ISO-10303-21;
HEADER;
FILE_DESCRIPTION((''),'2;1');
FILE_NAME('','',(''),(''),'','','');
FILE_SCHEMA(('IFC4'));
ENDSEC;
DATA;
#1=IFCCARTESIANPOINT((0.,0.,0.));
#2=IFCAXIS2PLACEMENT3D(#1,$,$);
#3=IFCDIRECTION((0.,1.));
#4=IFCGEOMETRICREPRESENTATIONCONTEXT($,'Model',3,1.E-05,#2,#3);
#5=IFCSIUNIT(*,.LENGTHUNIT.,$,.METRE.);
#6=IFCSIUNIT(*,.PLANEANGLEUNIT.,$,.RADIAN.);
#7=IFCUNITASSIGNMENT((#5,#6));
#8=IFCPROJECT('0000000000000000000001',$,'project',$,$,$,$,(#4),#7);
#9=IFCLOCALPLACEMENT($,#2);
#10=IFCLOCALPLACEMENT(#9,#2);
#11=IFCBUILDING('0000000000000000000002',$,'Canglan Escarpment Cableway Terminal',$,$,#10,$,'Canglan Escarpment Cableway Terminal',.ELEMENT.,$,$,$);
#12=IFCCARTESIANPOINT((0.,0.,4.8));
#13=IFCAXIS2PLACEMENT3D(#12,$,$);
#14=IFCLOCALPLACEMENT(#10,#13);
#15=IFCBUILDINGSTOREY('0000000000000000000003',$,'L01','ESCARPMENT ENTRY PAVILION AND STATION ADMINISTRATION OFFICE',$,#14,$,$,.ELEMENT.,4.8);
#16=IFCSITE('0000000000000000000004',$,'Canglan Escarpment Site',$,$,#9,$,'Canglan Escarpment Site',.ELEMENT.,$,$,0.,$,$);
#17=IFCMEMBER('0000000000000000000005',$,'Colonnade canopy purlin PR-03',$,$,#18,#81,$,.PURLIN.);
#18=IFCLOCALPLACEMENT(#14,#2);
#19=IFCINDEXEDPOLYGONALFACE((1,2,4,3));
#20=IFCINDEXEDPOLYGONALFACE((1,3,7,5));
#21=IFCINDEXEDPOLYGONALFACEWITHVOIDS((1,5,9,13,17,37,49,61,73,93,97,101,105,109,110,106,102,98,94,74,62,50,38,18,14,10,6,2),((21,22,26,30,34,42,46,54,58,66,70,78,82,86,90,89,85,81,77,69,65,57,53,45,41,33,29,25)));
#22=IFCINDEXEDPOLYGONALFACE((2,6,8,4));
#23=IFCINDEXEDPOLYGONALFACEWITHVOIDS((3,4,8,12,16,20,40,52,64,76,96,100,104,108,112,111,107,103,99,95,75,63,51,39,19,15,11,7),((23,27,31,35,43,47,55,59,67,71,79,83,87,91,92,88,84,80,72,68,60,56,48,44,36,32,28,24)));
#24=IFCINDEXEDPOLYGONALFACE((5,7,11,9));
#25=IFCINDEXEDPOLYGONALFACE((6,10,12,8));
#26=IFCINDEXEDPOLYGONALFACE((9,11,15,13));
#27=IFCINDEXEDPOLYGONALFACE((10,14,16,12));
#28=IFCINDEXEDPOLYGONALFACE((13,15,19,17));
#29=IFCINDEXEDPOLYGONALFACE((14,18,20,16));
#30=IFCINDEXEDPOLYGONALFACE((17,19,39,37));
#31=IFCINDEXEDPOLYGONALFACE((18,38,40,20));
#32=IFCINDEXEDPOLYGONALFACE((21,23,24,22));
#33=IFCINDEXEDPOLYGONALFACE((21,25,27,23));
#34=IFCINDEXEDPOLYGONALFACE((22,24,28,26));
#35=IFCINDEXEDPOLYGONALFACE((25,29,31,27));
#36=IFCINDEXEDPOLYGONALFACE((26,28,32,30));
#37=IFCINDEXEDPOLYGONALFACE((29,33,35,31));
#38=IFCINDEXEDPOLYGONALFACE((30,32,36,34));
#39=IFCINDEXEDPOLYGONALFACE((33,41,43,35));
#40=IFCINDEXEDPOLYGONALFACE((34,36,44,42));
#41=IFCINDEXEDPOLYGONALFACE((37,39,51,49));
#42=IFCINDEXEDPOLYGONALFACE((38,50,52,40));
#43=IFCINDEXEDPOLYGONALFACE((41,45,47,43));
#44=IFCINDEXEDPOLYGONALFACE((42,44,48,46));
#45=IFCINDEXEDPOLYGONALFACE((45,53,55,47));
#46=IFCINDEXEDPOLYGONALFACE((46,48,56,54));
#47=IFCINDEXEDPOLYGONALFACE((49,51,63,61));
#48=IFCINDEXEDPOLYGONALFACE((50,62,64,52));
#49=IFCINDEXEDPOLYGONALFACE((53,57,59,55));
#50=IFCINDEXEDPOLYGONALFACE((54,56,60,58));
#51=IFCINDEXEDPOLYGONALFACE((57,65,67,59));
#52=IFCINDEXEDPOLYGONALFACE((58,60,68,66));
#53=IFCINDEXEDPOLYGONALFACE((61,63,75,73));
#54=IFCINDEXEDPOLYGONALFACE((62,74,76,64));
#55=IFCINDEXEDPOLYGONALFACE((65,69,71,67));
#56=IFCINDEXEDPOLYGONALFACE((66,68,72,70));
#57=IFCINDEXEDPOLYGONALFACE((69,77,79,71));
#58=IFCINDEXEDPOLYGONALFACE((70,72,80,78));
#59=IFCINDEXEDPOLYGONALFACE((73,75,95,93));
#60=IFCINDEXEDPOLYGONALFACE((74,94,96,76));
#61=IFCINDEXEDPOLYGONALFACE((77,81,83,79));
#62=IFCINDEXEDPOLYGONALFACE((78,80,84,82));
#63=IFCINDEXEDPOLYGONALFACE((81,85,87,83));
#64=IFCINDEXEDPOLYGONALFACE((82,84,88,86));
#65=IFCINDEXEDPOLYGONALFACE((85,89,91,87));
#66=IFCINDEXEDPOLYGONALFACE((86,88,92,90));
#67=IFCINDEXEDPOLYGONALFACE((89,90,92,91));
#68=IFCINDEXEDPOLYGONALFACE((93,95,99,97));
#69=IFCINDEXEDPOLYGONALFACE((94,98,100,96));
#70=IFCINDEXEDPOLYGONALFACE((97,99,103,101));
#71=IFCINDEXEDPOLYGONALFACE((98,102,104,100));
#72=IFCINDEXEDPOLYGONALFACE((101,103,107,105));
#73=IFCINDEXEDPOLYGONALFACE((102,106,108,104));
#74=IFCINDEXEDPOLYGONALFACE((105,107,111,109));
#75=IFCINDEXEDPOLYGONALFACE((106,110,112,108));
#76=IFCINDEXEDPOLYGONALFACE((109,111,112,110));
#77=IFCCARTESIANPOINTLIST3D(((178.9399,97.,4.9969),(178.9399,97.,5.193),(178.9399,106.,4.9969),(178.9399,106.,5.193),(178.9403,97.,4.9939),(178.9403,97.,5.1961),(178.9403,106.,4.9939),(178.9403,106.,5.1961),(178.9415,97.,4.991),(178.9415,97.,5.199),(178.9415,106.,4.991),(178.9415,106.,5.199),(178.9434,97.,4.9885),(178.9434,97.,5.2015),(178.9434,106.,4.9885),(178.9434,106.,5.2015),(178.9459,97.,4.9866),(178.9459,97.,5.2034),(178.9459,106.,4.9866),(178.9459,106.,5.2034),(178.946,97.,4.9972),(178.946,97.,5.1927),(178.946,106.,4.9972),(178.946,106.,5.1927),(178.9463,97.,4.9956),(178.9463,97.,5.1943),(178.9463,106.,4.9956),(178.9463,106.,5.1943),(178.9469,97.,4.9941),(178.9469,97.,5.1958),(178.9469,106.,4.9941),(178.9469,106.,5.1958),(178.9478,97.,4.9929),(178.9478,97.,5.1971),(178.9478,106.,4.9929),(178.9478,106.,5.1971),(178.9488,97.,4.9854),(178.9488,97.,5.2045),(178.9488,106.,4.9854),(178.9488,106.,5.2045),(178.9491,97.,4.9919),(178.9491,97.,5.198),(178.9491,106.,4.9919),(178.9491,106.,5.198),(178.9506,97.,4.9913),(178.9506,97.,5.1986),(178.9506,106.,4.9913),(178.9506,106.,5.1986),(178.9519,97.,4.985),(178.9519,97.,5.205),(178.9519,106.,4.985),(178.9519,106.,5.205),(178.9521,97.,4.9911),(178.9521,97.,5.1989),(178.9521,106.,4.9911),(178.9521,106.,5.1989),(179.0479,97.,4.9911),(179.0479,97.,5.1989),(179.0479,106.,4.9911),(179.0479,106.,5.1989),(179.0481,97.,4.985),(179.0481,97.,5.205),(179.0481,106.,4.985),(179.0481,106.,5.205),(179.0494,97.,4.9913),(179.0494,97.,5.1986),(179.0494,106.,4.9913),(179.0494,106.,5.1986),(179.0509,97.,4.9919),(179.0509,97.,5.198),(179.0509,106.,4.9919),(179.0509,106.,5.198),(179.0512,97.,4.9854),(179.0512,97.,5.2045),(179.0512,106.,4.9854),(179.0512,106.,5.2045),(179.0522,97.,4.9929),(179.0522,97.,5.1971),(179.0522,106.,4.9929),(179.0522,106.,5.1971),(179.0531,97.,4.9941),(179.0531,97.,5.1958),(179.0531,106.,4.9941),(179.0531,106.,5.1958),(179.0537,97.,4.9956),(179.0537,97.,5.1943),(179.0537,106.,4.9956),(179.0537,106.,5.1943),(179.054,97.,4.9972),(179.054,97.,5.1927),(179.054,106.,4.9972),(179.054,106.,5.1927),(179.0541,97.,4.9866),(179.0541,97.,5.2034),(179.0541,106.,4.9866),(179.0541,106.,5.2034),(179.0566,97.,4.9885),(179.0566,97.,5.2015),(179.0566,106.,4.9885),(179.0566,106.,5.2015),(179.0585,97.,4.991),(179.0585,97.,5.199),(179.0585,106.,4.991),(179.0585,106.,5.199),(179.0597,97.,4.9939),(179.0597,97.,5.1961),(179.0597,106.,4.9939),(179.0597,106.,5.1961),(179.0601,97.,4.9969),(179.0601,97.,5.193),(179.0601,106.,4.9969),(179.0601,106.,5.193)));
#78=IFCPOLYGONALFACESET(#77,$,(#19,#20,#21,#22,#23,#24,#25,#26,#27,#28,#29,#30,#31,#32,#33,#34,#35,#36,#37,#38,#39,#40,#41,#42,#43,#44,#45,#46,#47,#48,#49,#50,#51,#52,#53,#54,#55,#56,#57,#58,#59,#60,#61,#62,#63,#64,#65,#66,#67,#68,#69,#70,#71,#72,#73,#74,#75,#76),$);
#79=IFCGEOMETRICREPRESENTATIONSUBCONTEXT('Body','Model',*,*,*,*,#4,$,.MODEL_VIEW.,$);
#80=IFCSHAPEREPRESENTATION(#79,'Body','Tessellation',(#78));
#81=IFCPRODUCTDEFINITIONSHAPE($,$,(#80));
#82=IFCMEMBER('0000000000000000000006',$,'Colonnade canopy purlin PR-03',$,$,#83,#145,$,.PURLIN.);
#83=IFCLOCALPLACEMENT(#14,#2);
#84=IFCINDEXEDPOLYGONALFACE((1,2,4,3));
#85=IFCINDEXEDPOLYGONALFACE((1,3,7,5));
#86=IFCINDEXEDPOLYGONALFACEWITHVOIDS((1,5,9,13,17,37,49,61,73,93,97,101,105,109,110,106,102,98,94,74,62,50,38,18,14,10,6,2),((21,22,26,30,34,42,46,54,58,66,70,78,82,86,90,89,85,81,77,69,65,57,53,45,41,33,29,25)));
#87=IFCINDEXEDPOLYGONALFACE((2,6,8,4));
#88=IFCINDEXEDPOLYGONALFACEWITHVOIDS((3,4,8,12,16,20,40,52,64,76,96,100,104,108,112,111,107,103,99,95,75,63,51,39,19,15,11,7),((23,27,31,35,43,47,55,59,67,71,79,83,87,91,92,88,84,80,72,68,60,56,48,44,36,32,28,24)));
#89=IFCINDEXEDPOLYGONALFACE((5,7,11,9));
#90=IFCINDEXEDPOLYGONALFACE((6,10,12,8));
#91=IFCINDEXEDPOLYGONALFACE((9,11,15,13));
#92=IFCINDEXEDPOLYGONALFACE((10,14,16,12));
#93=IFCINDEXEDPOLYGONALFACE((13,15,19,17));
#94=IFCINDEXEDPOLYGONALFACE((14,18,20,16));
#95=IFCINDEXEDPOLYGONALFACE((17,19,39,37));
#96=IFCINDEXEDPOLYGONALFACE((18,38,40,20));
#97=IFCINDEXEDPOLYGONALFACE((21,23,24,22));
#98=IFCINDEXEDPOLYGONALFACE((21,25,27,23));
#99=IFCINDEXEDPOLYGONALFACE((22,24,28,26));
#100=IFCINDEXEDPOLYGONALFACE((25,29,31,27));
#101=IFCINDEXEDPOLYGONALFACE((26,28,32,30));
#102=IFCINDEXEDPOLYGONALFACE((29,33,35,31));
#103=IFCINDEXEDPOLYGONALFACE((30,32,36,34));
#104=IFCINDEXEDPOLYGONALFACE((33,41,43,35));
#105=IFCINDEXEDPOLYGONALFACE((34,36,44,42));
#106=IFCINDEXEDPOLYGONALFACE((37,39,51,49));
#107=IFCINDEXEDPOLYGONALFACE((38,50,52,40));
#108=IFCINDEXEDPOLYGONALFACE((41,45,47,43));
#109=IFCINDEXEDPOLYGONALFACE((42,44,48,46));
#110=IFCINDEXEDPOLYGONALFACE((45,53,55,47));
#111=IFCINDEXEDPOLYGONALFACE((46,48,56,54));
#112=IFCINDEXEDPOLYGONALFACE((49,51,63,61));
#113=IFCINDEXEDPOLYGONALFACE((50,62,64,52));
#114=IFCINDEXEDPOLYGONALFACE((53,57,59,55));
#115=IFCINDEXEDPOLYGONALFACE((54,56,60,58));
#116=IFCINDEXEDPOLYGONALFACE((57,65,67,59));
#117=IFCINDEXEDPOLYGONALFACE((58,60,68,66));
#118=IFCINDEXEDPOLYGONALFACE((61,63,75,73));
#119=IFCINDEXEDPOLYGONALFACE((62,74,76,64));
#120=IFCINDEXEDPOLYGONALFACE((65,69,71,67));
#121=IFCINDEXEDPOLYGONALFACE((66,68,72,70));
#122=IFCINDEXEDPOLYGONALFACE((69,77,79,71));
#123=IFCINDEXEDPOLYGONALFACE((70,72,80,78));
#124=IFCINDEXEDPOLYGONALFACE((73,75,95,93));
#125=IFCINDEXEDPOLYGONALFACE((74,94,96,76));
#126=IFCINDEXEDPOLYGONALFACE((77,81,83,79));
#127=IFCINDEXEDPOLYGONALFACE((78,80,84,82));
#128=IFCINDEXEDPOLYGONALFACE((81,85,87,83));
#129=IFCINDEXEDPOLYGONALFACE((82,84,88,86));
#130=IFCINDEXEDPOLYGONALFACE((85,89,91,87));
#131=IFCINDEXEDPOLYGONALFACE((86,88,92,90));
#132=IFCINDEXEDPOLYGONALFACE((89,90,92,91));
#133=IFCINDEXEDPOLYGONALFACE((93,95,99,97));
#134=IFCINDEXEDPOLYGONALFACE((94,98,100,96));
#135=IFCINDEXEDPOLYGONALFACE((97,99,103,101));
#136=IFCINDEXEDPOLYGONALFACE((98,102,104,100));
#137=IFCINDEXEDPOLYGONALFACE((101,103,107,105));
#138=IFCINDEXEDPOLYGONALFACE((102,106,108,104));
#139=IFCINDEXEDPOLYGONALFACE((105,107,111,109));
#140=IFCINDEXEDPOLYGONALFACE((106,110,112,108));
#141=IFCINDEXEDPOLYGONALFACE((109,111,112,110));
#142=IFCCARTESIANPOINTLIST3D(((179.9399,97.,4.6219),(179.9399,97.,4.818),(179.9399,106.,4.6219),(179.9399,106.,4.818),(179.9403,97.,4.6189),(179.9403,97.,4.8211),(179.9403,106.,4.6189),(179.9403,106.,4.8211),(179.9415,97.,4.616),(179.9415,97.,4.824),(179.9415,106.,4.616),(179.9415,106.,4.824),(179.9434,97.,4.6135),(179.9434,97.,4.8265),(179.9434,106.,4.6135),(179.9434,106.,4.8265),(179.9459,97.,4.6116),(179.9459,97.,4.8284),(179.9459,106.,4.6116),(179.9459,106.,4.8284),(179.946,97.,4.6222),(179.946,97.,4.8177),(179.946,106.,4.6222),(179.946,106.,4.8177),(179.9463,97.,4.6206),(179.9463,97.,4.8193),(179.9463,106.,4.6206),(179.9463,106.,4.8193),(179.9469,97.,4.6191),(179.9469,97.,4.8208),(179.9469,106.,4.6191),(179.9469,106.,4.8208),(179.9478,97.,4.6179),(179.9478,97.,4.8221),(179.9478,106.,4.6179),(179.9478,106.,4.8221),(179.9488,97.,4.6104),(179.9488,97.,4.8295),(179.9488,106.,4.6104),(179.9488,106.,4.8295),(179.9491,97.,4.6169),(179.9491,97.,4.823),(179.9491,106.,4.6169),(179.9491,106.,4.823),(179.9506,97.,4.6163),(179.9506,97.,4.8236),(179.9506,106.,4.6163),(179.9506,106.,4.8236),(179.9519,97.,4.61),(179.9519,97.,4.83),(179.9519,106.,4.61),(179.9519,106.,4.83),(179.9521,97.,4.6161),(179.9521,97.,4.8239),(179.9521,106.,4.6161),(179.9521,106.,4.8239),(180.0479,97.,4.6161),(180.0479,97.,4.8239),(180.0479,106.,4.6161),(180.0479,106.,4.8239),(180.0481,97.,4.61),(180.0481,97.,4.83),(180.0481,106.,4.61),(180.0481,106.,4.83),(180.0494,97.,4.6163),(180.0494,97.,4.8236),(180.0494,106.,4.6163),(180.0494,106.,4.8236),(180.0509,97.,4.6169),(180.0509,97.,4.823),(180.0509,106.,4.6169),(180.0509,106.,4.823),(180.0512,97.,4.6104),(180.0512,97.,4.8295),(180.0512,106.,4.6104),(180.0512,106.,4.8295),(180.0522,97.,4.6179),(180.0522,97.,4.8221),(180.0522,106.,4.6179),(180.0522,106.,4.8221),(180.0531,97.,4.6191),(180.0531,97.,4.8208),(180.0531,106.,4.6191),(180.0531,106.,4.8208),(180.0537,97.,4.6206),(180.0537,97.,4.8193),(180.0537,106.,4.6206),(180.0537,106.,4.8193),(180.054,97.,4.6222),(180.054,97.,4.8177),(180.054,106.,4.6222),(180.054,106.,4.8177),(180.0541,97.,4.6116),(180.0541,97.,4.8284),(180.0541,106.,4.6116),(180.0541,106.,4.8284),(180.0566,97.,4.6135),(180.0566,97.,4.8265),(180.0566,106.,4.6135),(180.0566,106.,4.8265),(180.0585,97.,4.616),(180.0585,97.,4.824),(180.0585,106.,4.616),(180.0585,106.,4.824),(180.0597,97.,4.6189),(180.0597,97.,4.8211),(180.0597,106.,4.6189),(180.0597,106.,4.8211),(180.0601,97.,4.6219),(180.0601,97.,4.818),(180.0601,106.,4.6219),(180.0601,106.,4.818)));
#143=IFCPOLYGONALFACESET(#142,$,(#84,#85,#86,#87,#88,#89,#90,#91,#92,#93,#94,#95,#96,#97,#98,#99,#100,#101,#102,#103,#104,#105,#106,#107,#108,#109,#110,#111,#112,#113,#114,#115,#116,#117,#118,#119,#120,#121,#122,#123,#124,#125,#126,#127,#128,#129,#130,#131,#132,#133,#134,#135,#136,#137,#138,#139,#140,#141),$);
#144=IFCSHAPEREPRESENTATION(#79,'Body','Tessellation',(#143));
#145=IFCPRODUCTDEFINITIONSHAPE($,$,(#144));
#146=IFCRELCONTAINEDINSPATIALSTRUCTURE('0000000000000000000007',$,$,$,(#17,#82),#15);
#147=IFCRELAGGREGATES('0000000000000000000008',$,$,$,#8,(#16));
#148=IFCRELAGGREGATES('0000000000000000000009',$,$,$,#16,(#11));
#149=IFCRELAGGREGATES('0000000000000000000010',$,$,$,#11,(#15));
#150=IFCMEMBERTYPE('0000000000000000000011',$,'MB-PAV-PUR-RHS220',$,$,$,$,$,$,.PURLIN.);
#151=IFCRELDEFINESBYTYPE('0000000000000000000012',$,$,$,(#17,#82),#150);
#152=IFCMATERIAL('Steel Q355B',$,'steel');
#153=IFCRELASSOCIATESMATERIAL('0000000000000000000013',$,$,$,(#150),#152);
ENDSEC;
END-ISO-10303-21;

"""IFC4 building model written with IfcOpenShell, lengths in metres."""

from ifc_helpers import new_model, si_unit, direction, frame, origin, origin_2d, place, context, subcontext, project, spatial, hollow_rectangle, extrude, material, material_profile, profile_set, type_object, element, save


model = new_model("IFC4")

# Units and contexts
model_context = context("Model", 3, precision=1e-05, world=origin(), true_north=direction((0.0, 1.0)))
body_context = subcontext(model_context, "Body", "Model", "MODEL_VIEW")
ifc_project = project(units=[si_unit("LENGTHUNIT", "METRE"), si_unit("PLANEANGLEUNIT", "RADIAN")], contexts=[model_context])

# Site, building, storey
site_placement = place(None, origin())
site = spatial("IfcSite", under=ifc_project, at=site_placement, Name="Canglan Escarpment Site", LongName="Canglan Escarpment Site", CompositionType="ELEMENT", RefElevation=0.0)
building_placement = place(site_placement, origin())
building = spatial("IfcBuilding", under=site, at=building_placement, Name="Canglan Escarpment Cableway Terminal", LongName="Canglan Escarpment Cableway Terminal", CompositionType="ELEMENT")
storey_placement = place(building_placement, frame((0.0, 0.0, 4.8)))
storey = spatial("IfcBuildingStorey", under=building, at=storey_placement, Name="L01", Description="ESCARPMENT ENTRY PAVILION AND STATION ADMINISTRATION OFFICE", CompositionType="ELEMENT", Elevation=4.8)

# Members
ifc_material_1 = material(Name="Steel Q355B", Category="steel")
ifc_material_profile_1 = material_profile(ifc_material_1, hollow_rectangle(XDim=0.1201, YDim=0.22, WallThickness=0.0061, InnerFilletRadius=0.0061, OuterFilletRadius=0.012, at=origin_2d()), Name="RHS 220x120x6")
ifc_profile_set_1 = profile_set([ifc_material_profile_1], Name="Steel Q355B")
member_type_1 = type_object("IfcMemberType", Name="MB-PAV-PUR-RHS220", PredefinedType="PURLIN", material=ifc_profile_set_1)
for number, where, z_axis, x_axis, name in (
    (1, (179.0, 97.0, 5.095), (0.0, 1.0, 0.0), (-1.0, 0.0, 0.0), "Colonnade canopy purlin PR-03"),
    (2, (180.0, 97.0, 4.72), (0.0, 1.0, 0.0), (-1.0, 0.0, 0.0), "Colonnade canopy purlin PR-03"),
):
    element("IfcMember", number, at=place(storey_placement, frame(where, z_axis=z_axis, x_axis=x_axis)), inside=storey, type_object=member_type_1, Name=name, PredefinedType="PURLIN", context=body_context, shape_type="SweptSolid", body=[
        extrude(hollow_rectangle(XDim=0.1201, YDim=0.22, WallThickness=0.0061, InnerFilletRadius=0.0061, OuterFilletRadius=0.012, at=origin_2d()), origin(), (0.0, 0.0, 1.0), 9.0),
    ])

save(model, "model.ifc")
